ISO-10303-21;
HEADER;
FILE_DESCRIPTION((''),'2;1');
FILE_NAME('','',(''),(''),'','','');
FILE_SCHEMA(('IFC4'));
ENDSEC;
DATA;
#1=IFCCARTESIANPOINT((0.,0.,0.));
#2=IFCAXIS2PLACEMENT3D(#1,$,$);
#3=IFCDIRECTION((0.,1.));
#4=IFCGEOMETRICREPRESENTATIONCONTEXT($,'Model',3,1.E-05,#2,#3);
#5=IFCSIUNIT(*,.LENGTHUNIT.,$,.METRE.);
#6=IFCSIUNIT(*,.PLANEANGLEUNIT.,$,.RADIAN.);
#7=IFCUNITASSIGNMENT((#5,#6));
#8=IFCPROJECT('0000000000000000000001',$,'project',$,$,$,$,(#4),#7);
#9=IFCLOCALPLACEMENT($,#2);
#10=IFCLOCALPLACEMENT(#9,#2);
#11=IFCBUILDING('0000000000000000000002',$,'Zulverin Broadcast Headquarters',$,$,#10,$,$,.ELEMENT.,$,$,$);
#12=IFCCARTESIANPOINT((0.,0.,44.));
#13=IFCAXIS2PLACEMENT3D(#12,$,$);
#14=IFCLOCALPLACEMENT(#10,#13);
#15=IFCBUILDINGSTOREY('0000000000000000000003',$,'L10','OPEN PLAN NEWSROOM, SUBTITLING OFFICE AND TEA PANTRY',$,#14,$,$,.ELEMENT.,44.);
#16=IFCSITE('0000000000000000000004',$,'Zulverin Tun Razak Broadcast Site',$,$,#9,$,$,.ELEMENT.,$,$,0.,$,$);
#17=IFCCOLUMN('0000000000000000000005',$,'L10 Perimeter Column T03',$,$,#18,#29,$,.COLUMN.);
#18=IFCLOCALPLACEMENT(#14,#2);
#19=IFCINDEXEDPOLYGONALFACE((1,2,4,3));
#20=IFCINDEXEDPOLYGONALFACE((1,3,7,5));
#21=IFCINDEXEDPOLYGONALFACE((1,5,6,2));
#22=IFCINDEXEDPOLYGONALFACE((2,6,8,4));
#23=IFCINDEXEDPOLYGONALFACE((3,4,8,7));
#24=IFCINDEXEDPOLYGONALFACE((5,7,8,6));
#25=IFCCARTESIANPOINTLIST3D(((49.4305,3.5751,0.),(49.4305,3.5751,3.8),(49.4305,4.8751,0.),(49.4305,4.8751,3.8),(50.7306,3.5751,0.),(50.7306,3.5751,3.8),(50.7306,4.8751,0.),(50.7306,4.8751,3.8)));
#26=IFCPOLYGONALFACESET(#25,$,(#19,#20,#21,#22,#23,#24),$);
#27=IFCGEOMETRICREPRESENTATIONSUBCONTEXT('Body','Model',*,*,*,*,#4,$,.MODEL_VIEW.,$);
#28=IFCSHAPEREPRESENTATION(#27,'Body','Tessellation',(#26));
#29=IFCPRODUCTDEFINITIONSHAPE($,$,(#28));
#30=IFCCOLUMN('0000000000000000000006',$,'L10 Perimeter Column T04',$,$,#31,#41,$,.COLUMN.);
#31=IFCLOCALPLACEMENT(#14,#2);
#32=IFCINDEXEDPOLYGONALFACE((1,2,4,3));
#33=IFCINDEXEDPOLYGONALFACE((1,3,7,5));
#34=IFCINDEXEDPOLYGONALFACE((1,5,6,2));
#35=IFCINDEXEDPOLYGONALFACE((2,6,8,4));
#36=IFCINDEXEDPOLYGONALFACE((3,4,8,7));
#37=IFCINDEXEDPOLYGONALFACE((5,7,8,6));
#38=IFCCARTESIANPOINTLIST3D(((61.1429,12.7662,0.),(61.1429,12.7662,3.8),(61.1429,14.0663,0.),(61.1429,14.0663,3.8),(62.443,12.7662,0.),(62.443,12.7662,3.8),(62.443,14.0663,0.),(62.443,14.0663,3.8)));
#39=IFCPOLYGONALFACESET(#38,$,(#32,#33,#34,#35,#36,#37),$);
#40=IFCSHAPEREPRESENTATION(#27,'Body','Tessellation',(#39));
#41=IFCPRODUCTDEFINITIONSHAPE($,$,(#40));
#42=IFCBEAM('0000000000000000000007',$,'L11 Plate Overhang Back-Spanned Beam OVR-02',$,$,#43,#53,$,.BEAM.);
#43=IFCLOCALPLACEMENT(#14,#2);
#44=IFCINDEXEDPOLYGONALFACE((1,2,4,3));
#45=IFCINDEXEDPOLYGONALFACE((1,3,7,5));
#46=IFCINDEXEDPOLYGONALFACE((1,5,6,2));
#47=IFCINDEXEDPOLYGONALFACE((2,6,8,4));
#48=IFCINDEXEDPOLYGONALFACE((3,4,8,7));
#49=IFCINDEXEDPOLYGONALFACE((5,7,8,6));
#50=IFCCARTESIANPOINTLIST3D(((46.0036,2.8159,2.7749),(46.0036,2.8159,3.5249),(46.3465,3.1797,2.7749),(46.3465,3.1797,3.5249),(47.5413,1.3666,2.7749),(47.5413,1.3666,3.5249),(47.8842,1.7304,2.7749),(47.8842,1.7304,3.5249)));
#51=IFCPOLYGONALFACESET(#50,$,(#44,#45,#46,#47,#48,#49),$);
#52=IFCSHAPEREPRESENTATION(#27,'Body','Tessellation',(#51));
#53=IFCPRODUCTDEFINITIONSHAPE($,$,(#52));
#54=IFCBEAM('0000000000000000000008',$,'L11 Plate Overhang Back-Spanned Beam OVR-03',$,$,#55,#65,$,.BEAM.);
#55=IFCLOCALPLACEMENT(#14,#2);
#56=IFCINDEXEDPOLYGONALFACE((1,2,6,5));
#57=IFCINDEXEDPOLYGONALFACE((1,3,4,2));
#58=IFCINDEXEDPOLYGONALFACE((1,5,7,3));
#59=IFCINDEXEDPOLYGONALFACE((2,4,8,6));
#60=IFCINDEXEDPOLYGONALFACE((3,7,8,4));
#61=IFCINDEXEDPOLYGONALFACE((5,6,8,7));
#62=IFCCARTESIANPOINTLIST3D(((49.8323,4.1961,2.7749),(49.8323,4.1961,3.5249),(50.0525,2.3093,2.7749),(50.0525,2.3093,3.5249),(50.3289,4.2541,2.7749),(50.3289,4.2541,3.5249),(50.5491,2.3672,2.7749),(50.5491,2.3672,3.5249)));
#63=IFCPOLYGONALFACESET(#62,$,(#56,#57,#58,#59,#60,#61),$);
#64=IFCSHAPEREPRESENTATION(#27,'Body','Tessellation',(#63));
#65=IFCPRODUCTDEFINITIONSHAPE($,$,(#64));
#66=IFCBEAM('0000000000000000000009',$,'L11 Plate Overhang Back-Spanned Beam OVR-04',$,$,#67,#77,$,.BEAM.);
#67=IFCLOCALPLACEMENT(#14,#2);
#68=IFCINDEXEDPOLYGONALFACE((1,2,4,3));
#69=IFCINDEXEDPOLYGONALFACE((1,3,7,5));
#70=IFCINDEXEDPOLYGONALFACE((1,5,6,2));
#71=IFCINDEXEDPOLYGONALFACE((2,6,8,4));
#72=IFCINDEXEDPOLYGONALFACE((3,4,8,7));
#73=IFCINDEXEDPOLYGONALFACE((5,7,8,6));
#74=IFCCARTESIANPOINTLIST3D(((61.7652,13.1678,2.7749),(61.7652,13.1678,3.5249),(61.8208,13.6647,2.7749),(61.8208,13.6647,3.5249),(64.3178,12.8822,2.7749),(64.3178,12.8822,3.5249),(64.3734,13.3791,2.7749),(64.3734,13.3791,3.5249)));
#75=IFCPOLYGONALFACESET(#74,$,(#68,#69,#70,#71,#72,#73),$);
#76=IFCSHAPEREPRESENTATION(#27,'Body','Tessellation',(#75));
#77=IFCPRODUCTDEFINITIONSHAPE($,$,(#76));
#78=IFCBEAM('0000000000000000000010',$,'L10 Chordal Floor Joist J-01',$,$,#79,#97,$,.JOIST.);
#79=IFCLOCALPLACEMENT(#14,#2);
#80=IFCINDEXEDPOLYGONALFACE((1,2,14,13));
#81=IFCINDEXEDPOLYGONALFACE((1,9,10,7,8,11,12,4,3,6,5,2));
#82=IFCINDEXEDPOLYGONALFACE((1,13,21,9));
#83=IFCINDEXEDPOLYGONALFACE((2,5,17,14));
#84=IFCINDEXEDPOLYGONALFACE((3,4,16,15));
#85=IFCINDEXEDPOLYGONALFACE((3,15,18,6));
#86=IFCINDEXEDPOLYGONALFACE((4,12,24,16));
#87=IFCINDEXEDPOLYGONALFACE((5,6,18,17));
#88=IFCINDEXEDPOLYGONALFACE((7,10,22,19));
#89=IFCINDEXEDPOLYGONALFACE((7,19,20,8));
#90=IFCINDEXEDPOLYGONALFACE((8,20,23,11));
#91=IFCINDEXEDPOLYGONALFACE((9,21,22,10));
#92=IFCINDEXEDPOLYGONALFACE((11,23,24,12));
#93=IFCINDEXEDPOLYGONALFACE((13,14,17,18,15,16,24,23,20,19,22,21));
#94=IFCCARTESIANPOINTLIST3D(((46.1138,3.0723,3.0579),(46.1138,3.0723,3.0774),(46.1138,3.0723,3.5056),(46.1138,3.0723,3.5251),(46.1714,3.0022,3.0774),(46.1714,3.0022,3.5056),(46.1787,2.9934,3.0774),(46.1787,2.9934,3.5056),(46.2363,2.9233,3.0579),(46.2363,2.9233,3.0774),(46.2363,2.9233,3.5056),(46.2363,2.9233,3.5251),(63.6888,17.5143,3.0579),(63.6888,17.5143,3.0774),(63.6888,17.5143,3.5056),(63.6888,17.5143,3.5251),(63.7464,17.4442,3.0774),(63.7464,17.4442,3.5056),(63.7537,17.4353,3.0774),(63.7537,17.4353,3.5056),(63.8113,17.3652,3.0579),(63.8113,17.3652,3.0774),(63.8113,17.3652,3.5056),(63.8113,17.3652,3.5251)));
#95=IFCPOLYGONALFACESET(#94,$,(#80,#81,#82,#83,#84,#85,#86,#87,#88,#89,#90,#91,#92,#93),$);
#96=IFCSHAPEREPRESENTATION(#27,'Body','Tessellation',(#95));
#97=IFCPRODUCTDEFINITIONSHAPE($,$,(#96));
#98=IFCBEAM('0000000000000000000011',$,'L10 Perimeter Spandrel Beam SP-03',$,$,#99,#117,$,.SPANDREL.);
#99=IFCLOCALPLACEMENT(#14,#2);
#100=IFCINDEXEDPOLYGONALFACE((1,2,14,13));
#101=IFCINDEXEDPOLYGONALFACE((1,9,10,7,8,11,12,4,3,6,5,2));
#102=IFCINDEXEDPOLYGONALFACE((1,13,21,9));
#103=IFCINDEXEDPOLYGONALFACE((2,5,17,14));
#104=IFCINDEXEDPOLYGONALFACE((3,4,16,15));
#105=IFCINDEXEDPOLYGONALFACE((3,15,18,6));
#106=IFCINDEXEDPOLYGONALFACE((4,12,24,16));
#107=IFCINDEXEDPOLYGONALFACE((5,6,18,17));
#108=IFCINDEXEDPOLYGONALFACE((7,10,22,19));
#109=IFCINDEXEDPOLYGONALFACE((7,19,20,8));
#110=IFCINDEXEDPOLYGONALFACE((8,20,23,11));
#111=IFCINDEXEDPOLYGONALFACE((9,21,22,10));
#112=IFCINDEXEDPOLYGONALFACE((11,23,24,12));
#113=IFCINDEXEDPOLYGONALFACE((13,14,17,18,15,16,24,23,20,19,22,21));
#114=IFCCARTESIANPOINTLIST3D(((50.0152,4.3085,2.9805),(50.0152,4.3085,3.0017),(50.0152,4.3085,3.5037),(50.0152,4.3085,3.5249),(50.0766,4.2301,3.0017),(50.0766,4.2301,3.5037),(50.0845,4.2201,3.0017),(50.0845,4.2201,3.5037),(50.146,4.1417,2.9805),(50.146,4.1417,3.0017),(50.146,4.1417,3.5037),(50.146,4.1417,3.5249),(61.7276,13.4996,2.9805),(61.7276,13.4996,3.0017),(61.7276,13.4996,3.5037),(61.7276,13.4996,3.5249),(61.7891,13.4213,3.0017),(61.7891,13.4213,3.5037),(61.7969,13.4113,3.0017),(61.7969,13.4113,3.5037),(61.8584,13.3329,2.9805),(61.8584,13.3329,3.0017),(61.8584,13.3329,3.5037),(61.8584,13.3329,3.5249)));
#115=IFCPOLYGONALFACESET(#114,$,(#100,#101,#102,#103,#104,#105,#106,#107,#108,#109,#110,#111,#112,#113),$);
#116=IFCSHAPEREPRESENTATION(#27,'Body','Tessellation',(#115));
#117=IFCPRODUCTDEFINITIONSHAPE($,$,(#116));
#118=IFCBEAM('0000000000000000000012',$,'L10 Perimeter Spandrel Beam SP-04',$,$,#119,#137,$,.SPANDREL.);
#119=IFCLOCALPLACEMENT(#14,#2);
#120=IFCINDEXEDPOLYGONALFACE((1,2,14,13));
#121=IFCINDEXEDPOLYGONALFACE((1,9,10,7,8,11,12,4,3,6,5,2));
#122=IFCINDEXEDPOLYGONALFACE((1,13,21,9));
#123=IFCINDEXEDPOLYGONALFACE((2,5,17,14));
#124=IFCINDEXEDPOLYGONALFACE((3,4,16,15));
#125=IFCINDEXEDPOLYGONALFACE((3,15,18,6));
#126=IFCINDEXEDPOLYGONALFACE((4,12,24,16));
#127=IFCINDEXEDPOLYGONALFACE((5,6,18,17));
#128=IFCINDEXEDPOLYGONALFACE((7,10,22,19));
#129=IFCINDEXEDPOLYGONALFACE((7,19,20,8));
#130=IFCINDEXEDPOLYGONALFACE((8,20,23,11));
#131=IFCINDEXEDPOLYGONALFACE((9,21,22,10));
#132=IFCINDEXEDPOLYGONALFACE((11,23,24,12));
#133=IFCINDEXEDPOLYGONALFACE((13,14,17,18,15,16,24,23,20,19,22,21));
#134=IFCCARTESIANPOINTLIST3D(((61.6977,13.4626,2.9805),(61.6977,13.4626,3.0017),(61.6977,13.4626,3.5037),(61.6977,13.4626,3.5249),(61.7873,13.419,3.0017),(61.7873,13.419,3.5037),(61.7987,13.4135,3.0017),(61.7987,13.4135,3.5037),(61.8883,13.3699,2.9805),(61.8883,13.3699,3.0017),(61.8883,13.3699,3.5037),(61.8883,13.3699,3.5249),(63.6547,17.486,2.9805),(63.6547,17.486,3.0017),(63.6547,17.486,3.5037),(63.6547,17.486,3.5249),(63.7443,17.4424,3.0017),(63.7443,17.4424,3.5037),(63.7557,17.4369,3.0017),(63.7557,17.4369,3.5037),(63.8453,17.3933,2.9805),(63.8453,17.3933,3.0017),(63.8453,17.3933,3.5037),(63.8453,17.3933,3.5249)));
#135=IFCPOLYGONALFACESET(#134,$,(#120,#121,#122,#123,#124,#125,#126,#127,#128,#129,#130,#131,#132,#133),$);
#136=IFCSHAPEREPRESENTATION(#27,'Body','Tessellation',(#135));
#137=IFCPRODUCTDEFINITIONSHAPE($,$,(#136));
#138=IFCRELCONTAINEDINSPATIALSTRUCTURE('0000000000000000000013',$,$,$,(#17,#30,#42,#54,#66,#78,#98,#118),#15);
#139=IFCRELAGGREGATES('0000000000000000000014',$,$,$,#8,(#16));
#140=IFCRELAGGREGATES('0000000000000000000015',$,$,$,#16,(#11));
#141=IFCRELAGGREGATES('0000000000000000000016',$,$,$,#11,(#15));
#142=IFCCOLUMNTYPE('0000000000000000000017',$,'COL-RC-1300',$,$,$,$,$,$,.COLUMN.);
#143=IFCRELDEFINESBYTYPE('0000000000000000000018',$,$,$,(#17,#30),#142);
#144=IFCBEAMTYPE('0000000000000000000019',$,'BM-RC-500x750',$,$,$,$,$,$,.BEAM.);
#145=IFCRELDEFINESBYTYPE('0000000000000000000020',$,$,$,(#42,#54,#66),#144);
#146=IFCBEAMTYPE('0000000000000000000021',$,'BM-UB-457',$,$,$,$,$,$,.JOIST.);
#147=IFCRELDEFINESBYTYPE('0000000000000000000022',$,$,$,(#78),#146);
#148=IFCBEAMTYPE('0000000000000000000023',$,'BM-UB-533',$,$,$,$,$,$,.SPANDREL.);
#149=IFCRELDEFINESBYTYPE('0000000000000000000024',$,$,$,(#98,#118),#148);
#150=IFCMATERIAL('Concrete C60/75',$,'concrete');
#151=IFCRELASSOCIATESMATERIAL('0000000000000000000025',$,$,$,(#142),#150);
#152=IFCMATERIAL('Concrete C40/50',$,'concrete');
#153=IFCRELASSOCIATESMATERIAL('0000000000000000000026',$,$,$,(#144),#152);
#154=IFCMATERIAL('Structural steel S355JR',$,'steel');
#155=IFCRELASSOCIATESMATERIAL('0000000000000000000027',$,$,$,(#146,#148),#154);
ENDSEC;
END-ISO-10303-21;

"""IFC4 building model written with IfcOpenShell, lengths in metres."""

from ifc_helpers import new_model, si_unit, direction, frame, origin, origin_2d, place, context, subcontext, project, spatial, rectangle, i_section, extrude, material, material_profile, profile_set, type_object, element, save


model = new_model("IFC4")

# Units and contexts
model_context = context("Model", 3, precision=1e-05, world=origin(), true_north=direction((0.0, 1.0)))
body_context = subcontext(model_context, "Body", "Model", "MODEL_VIEW")
ifc_project = project(units=[si_unit("LENGTHUNIT", "METRE"), si_unit("PLANEANGLEUNIT", "RADIAN")], contexts=[model_context])

# Site, building, storey
site_placement = place(None, origin())
site = spatial("IfcSite", under=ifc_project, at=site_placement, Name="Zulverin Tun Razak Broadcast Site", CompositionType="ELEMENT", RefElevation=0.0)
building_placement = place(site_placement, origin())
building = spatial("IfcBuilding", under=site, at=building_placement, Name="Zulverin Broadcast Headquarters", CompositionType="ELEMENT")
storey_placement = place(building_placement, frame((0.0, 0.0, 44.0)))
storey = spatial("IfcBuildingStorey", under=building, at=storey_placement, Name="L10", Description="OPEN PLAN NEWSROOM, SUBTITLING OFFICE AND TEA PANTRY", CompositionType="ELEMENT", Elevation=44.0)

# Columns
ifc_material_1 = material(Name="Concrete C60/75", Category="concrete")
ifc_material_profile_1 = material_profile(ifc_material_1, rectangle(XDim=1.3, YDim=1.3, at=origin_2d()), Name="Concrete C60/75", Category="concrete")
ifc_profile_set_1 = profile_set([ifc_material_profile_1], Name="Concrete C60/75")
column_type = type_object("IfcColumnType", Name="COL-RC-1300", PredefinedType="COLUMN", material=ifc_profile_set_1)
for number, where, z_axis, x_axis, name in (
    (1, (50.0806, 4.2251, 0.0), (0.0, 0.0, 1.0), (1.0, 0.0, 0.0), "L10 Perimeter Column T03"),
    (2, (61.793, 13.4163, 0.0), (0.0, 0.0, 1.0), (1.0, 0.0, 0.0), "L10 Perimeter Column T04"),
):
    element("IfcColumn", number, at=place(storey_placement, frame(where, z_axis=z_axis, x_axis=x_axis)), inside=storey, type_object=column_type, Name=name, PredefinedType="COLUMN", context=body_context, shape_type="SweptSolid", body=[
        extrude(rectangle(XDim=1.3, YDim=1.3, at=origin_2d()), origin(), (0.0, 0.0, 1.0), 3.8),
    ])

# Beams
ifc_material_2 = material(Name="Concrete C40/50", Category="concrete")
ifc_material_profile_2 = material_profile(ifc_material_2, rectangle(XDim=0.5, YDim=0.75, at=origin_2d()), Name="Concrete C40/50", Category="concrete")
ifc_profile_set_2 = profile_set([ifc_material_profile_2], Name="Concrete C40/50")
beam_type_1 = type_object("IfcBeamType", Name="BM-RC-500x750", PredefinedType="BEAM", material=ifc_profile_set_2)
beam_1_placement = place(storey_placement, frame((46.175, 2.9978, 3.1499), z_axis=(0.727711, -0.685884, 0.0), x_axis=(0.685884, 0.727711, 0.0)))
element("IfcBeam", 3, at=beam_1_placement, inside=storey, type_object=beam_type_1, Name="L11 Plate Overhang Back-Spanned Beam OVR-02", PredefinedType="BEAM", context=body_context, shape_type="SweptSolid", body=[
    extrude(rectangle(XDim=0.5, YDim=0.75, at=origin_2d()), origin(), (0.0, 0.0, 1.0), 2.113),
])
beam_2_placement = place(storey_placement, frame((50.0806, 4.2251, 3.1499), z_axis=(0.115917, -0.993259, 0.0), x_axis=(0.993259, 0.115917, 0.0)))
element("IfcBeam", 4, at=beam_2_placement, inside=storey, type_object=beam_type_1, Name="L11 Plate Overhang Back-Spanned Beam OVR-03", PredefinedType="BEAM", context=body_context, shape_type="SweptSolid", body=[
    extrude(rectangle(XDim=0.5, YDim=0.75, at=origin_2d()), origin(), (0.0, 0.0, 1.0), 1.8997),
])
beam_3_placement = place(storey_placement, frame((61.793, 13.4163, 3.1499), z_axis=(0.993798, -0.111203, 0.0), x_axis=(0.111203, 0.993798, 0.0)))
element("IfcBeam", 5, at=beam_3_placement, inside=storey, type_object=beam_type_1, Name="L11 Plate Overhang Back-Spanned Beam OVR-04", PredefinedType="BEAM", context=body_context, shape_type="SweptSolid", body=[
    extrude(rectangle(XDim=0.5, YDim=0.75, at=origin_2d()), origin(), (0.0, 0.0, 1.0), 2.5686),
])
ifc_material_3 = material(Name="Structural steel S355JR", Category="steel")
ifc_material_profile_3 = material_profile(ifc_material_3, i_section(OverallWidth=0.1929, OverallDepth=0.4673, WebThickness=0.0115, FlangeThickness=0.0195, at=origin_2d()), Name="Structural steel S355JR", Category="steel")
ifc_profile_set_3 = profile_set([ifc_material_profile_3], Name="Structural steel S355JR")
beam_type_2 = type_object("IfcBeamType", Name="BM-UB-457", PredefinedType="JOIST", material=ifc_profile_set_3)
beam_4_placement = place(storey_placement, frame((46.175, 2.9978, 3.2915), z_axis=(0.772611, 0.634879, 0.0), x_axis=(-0.634879, 0.772611, 0.0)))
element("IfcBeam", 6, at=beam_4_placement, inside=storey, type_object=beam_type_2, Name="L10 Chordal Floor Joist J-01", PredefinedType="JOIST", context=body_context, shape_type="SweptSolid", body=[
    extrude(i_section(OverallWidth=0.1929, OverallDepth=0.4673, WebThickness=0.0115, FlangeThickness=0.0195, at=origin_2d()), origin(), (0.0, 0.0, 1.0), 22.7476),
])
ifc_material_profile_4 = material_profile(ifc_material_3, i_section(OverallWidth=0.2119, OverallDepth=0.5444, WebThickness=0.0127, FlangeThickness=0.0212, at=origin_2d()), Name="Structural steel S355JR", Category="steel")
ifc_profile_set_4 = profile_set([ifc_material_profile_4], Name="Structural steel S355JR")
beam_type_3 = type_object("IfcBeamType", Name="BM-UB-533", PredefinedType="SPANDREL", material=ifc_profile_set_4)
beam_5_placement = place(storey_placement, frame((50.0806, 4.2251, 3.2527), z_axis=(0.786691, 0.617346, 0.0), x_axis=(-0.617346, 0.786691, 0.0)))
element("IfcBeam", 7, at=beam_5_placement, inside=storey, type_object=beam_type_3, Name="L10 Perimeter Spandrel Beam SP-03", PredefinedType="SPANDREL", context=body_context, shape_type="SweptSolid", body=[
    extrude(i_section(OverallWidth=0.2119, OverallDepth=0.5444, WebThickness=0.0127, FlangeThickness=0.0212, at=origin_2d()), origin(), (0.0, 0.0, 1.0), 14.8882),
])
beam_6_placement = place(storey_placement, frame((61.793, 13.4163, 3.2527), z_axis=(0.437408, 0.899263, 0.0), x_axis=(-0.899263, 0.437408, 0.0)))
element("IfcBeam", 8, at=beam_6_placement, inside=storey, type_object=beam_type_3, Name="L10 Perimeter Spandrel Beam SP-04", PredefinedType="SPANDREL", context=body_context, shape_type="SweptSolid", body=[
    extrude(i_section(OverallWidth=0.2119, OverallDepth=0.5444, WebThickness=0.0127, FlangeThickness=0.0212, at=origin_2d()), origin(), (0.0, 0.0, 1.0), 4.4741),
])

save(model, "model.ifc")
